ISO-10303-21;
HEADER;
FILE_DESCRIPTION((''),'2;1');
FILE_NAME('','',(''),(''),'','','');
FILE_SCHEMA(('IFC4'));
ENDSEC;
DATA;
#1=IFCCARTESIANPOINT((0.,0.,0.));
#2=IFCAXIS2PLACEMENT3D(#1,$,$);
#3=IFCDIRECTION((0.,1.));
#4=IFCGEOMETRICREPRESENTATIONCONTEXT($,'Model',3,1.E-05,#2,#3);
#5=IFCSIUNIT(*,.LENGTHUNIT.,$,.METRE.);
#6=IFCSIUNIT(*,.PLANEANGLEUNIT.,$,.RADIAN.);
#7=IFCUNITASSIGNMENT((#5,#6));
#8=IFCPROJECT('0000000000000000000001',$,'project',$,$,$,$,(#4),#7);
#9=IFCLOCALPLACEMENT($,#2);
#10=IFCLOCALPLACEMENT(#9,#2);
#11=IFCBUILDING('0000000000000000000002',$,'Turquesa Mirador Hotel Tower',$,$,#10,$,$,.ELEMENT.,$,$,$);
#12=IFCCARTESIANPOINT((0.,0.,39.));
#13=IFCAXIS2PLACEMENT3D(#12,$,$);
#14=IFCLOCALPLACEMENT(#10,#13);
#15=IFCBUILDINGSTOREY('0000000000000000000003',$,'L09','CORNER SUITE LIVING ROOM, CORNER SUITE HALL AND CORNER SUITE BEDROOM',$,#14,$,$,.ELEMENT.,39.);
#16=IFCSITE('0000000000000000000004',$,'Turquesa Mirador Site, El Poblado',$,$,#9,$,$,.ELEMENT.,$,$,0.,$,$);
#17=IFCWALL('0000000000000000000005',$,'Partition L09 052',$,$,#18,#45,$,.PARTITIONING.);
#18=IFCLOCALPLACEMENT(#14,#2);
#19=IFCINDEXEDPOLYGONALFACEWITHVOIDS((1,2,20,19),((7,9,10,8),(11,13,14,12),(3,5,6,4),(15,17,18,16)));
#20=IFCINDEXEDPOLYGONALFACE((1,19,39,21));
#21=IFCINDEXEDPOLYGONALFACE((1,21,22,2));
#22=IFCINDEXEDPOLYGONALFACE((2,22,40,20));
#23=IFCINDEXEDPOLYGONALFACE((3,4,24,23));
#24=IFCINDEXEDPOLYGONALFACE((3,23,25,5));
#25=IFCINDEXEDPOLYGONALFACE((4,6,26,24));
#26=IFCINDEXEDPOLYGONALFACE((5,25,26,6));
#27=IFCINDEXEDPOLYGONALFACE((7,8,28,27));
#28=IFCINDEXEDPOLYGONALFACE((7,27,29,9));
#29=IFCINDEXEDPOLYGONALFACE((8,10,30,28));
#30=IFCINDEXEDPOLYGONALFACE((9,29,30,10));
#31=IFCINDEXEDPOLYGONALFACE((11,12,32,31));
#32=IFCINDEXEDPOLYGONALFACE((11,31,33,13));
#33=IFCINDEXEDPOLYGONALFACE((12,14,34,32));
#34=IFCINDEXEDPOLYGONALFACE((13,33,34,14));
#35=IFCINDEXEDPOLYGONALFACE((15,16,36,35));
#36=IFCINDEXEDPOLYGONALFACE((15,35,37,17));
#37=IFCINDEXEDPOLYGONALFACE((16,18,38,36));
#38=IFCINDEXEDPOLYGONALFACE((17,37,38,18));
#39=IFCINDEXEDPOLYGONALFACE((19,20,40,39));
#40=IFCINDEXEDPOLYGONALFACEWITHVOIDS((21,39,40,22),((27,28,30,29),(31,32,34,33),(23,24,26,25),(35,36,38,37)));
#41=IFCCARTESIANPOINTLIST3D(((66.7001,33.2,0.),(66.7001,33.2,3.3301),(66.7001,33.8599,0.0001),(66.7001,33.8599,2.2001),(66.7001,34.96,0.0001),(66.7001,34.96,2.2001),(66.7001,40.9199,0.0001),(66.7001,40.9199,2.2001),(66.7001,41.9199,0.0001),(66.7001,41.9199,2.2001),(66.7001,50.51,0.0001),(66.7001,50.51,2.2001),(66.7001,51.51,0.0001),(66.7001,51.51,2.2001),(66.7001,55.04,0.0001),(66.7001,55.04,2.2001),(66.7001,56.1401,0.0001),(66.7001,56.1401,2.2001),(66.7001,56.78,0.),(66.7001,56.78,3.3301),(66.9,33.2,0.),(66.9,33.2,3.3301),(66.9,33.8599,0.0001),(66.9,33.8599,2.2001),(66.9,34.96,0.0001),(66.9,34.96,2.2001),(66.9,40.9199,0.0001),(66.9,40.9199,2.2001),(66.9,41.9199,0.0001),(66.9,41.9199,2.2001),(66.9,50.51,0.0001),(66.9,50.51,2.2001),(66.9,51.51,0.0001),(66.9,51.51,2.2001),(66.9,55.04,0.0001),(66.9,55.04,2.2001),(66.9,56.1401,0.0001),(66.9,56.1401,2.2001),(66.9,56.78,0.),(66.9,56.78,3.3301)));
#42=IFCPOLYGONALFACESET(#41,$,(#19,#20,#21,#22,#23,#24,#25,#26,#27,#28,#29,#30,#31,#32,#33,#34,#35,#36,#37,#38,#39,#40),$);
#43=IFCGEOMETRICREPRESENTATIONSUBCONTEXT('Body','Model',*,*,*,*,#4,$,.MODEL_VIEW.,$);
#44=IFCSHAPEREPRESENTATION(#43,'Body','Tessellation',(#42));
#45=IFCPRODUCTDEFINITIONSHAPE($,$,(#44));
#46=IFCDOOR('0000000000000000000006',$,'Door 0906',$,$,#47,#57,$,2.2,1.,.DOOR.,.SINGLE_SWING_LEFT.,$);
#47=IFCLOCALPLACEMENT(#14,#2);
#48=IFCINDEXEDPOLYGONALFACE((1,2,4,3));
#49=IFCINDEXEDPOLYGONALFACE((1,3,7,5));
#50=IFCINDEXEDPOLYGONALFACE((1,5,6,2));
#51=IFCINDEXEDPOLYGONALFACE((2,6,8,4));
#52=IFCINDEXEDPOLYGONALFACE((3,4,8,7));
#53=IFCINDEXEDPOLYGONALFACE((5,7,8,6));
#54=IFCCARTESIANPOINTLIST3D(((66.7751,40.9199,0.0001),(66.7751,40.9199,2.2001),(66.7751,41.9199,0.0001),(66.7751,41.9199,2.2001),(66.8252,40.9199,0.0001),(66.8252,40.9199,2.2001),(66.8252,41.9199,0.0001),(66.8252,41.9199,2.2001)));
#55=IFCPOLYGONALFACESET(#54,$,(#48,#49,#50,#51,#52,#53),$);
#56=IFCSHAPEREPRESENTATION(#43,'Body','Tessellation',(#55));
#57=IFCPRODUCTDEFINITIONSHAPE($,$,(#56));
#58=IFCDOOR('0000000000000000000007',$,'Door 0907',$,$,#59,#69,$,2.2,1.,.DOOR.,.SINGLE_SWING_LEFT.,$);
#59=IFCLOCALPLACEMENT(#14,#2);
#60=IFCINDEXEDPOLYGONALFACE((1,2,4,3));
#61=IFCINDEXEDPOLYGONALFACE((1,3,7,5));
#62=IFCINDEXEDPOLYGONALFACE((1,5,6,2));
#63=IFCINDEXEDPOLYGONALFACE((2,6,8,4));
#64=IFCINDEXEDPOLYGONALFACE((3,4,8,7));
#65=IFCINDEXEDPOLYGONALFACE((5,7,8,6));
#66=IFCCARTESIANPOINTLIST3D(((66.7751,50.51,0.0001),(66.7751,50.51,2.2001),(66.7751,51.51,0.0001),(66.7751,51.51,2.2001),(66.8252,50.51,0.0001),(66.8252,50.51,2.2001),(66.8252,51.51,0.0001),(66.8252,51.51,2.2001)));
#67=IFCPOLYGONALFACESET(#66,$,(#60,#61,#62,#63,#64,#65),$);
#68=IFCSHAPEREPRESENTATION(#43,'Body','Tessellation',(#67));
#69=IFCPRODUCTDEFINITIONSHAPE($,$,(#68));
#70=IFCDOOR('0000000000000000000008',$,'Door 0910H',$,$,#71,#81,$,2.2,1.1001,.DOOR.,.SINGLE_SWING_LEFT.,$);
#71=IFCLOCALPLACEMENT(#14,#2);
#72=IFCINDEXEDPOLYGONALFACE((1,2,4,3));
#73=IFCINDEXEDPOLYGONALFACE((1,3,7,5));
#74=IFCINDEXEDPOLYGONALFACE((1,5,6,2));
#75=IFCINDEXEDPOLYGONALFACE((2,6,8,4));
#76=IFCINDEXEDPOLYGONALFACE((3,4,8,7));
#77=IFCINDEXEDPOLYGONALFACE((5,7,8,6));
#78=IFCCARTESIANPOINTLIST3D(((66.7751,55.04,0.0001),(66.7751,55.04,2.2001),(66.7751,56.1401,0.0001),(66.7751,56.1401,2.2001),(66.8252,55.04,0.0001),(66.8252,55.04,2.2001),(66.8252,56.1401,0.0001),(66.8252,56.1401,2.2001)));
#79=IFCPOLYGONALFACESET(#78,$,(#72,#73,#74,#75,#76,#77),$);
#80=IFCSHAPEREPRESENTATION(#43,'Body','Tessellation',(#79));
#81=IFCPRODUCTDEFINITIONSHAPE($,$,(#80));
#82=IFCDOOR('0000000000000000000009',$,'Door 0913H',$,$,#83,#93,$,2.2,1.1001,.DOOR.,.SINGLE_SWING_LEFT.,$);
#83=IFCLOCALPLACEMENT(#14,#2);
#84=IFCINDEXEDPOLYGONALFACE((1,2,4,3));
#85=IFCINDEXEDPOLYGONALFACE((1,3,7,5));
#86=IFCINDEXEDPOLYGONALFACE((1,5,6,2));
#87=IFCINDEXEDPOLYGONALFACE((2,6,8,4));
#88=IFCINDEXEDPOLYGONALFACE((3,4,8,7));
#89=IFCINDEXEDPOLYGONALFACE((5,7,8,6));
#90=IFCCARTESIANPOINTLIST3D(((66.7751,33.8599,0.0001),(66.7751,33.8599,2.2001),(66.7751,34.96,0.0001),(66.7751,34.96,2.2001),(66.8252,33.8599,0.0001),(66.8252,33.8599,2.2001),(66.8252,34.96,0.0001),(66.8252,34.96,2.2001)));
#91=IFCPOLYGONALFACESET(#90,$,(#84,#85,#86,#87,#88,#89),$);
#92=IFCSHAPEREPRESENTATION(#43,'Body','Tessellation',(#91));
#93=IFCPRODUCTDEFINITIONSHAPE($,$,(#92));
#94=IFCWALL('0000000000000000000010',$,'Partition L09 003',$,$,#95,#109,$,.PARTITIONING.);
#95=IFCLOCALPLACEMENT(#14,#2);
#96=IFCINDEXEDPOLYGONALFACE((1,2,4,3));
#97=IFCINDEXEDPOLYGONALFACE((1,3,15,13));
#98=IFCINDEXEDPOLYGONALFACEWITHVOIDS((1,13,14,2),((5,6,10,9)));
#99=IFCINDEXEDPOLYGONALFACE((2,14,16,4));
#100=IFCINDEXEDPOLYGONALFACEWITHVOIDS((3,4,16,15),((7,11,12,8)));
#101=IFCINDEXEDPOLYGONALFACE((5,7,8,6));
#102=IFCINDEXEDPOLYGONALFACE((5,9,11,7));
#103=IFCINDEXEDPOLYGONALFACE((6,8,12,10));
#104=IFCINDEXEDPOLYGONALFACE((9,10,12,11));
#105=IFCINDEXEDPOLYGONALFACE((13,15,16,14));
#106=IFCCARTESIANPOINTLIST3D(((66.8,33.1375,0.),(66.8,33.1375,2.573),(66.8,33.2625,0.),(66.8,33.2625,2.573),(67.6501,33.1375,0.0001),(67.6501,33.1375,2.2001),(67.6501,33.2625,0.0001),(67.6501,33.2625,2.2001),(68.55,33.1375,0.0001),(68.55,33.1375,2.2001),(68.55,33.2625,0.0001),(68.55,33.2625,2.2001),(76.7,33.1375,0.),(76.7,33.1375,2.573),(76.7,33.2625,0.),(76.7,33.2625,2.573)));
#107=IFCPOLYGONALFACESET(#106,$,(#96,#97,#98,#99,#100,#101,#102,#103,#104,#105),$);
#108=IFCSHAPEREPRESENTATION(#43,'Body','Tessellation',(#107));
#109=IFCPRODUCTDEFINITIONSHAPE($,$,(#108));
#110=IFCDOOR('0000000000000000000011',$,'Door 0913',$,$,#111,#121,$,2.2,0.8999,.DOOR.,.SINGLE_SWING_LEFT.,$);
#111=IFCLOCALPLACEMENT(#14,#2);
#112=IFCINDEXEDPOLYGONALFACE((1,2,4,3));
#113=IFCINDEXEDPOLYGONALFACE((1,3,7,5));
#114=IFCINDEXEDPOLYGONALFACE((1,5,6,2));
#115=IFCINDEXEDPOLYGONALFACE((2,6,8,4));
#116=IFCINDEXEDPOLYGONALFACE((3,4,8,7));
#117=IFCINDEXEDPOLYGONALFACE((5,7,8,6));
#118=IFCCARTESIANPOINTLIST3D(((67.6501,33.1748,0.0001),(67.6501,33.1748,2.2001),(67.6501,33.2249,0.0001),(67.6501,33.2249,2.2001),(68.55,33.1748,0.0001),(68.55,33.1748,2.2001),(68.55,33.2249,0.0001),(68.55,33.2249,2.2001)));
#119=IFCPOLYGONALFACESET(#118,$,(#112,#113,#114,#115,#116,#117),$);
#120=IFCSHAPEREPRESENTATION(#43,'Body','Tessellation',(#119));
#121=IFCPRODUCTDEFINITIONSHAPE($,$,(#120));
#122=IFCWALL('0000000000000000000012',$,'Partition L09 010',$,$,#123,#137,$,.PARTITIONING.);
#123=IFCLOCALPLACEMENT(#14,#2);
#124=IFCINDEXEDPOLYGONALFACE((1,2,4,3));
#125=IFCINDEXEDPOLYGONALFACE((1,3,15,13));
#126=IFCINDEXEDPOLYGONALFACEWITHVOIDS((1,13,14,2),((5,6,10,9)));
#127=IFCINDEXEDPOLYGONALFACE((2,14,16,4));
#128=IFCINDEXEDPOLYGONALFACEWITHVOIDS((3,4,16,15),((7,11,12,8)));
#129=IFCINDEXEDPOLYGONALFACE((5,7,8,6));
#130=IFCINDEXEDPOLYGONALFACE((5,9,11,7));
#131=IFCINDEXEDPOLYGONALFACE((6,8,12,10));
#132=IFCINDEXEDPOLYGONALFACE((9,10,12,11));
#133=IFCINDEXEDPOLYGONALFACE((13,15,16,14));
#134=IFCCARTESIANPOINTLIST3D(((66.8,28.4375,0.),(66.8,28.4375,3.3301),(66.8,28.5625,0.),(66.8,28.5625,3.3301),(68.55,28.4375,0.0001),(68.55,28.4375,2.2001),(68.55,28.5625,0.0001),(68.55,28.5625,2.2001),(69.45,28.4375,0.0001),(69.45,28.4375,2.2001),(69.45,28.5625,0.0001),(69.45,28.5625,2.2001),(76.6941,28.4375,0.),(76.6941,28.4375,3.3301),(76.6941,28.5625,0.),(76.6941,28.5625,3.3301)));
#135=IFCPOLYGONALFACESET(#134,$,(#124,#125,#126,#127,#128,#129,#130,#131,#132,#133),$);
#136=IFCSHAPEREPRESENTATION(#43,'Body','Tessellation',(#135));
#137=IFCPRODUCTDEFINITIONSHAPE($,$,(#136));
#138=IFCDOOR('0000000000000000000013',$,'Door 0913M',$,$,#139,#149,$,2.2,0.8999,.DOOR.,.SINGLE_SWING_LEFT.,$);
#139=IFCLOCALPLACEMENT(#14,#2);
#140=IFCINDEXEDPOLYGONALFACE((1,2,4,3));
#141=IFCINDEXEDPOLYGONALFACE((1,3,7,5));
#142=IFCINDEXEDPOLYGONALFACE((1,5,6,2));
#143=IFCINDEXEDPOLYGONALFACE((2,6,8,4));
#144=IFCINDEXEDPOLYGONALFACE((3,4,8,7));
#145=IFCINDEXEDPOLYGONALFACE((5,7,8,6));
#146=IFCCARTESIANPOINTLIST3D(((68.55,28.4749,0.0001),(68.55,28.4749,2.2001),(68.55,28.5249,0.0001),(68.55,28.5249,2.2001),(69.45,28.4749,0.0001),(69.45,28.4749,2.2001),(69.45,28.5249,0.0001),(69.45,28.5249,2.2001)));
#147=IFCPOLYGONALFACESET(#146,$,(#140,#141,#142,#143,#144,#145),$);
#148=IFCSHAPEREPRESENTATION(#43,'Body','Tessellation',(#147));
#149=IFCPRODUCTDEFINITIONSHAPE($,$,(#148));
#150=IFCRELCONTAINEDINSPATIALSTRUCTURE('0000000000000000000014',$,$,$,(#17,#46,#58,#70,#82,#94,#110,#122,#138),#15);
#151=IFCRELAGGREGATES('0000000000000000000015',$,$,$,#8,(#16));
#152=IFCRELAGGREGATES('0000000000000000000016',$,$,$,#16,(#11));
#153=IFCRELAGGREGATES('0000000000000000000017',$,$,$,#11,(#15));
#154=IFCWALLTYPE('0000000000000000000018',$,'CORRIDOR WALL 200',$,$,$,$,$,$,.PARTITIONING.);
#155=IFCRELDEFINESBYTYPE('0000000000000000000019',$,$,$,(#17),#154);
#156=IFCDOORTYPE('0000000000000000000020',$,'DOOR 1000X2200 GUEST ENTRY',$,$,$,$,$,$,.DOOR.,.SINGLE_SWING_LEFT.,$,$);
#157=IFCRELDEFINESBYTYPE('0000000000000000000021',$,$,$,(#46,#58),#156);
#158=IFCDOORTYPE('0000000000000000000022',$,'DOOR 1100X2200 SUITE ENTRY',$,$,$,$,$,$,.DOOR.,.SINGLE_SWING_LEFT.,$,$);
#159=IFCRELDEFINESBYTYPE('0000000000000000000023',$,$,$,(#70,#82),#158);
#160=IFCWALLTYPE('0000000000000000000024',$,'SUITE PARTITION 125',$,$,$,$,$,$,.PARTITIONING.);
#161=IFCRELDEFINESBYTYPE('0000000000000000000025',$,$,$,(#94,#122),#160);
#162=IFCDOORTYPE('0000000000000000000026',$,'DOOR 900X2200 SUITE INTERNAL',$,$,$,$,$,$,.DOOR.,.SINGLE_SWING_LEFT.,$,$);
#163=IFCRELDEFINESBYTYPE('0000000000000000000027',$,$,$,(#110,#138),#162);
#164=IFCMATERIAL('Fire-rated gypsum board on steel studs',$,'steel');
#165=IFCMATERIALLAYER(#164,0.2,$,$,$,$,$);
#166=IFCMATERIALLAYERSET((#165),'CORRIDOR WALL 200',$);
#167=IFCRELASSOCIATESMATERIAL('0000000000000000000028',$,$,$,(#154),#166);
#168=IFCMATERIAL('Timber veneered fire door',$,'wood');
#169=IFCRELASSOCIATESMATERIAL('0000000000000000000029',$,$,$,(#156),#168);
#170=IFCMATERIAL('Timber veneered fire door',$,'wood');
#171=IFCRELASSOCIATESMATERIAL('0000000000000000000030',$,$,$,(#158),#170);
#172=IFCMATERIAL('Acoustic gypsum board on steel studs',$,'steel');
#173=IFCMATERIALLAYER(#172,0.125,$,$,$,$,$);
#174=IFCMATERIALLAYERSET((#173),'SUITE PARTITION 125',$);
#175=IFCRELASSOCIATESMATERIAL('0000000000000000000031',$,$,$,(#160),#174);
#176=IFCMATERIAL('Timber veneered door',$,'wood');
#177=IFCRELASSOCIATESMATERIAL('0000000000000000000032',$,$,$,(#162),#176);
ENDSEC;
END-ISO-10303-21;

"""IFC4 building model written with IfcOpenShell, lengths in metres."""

from ifc_helpers import new_model, si_unit, direction, frame, frame_2d, origin, place, context, subcontext, project, spatial, rectangle, extrude, material, layer, layer_set, type_object, element, fill, save


model = new_model("IFC4")

# Units and contexts
model_context = context("Model", 3, precision=1e-05, world=origin(), true_north=direction((0.0, 1.0)))
body_context = subcontext(model_context, "Body", "Model", "MODEL_VIEW")
ifc_project = project(units=[si_unit("LENGTHUNIT", "METRE"), si_unit("PLANEANGLEUNIT", "RADIAN")], contexts=[model_context])

# Site, building, storey
site_placement = place(None, origin())
site = spatial("IfcSite", under=ifc_project, at=site_placement, Name="Turquesa Mirador Site, El Poblado", CompositionType="ELEMENT", RefElevation=0.0)
building_placement = place(site_placement, origin())
building = spatial("IfcBuilding", under=site, at=building_placement, Name="Turquesa Mirador Hotel Tower", CompositionType="ELEMENT")
storey_placement = place(building_placement, frame((0.0, 0.0, 39.0)))
storey = spatial("IfcBuildingStorey", under=building, at=storey_placement, Name="L09", Description="CORNER SUITE LIVING ROOM, CORNER SUITE HALL AND CORNER SUITE BEDROOM", CompositionType="ELEMENT", Elevation=39.0)

# Wall, openings, doors
ifc_material_1 = material(Name="Fire-rated gypsum board on steel studs", Category="steel")
ifc_layer_1 = layer(ifc_material_1, 0.2)
ifc_layer_set_1 = layer_set([ifc_layer_1], Name="CORRIDOR WALL 200")
wall_type_1 = type_object("IfcWallType", Name="CORRIDOR WALL 200", PredefinedType="PARTITIONING", material=ifc_layer_set_1)
wall_1_placement = place(storey_placement, frame((66.8, 33.2, 0.0), z_axis=(0.0, 0.0, 1.0), x_axis=(0.0, 1.0, 0.0)))
wall_1 = element("IfcWall", 1, at=wall_1_placement, inside=storey, type_object=wall_type_1, Name="Partition L09 052", PredefinedType="PARTITIONING", context=body_context, shape_type="SweptSolid", body=[
    extrude(rectangle(XDim=23.5801, YDim=0.2, at=frame_2d((11.79, 0.0))), origin(), (0.0, 0.0, 1.0), 3.3301),
])
opening_1_placement = place(wall_1_placement, frame((7.72, 0.0, 0.0)))
opening_1 = element("IfcOpeningElement", 2, at=opening_1_placement, cuts=wall_1, PredefinedType="OPENING", context=body_context, shape_type="SweptSolid", body=[
    extrude(rectangle(XDim=1.0, YDim=2.2, at=frame_2d((0.5, 1.1001))), frame((0.0, 0.1099, 0.0), z_axis=(0.0, -1.0, 0.0), x_axis=(1.0, 0.0, 0.0)), (0.0, 0.0, 1.0), 0.22),
])
opening_2_placement = place(wall_1_placement, frame((17.3101, 0.0, 0.0)))
opening_2 = element("IfcOpeningElement", 3, at=opening_2_placement, cuts=wall_1, PredefinedType="OPENING", context=body_context, shape_type="SweptSolid", body=[
    extrude(rectangle(XDim=1.0, YDim=2.2, at=frame_2d((0.5, 1.1001))), frame((0.0, 0.1099, 0.0), z_axis=(0.0, -1.0, 0.0), x_axis=(1.0, 0.0, 0.0)), (0.0, 0.0, 1.0), 0.22),
])
opening_3_placement = place(wall_1_placement, frame((21.8401, 0.0, 0.0)))
opening_3 = element("IfcOpeningElement", 4, at=opening_3_placement, cuts=wall_1, PredefinedType="OPENING", context=body_context, shape_type="SweptSolid", body=[
    extrude(rectangle(XDim=1.1001, YDim=2.2, at=frame_2d((0.55, 1.1001))), frame((0.0, 0.1099, 0.0), z_axis=(0.0, -1.0, 0.0), x_axis=(1.0, 0.0, 0.0)), (0.0, 0.0, 1.0), 0.22),
])
opening_4_placement = place(wall_1_placement, frame((0.6599, 0.0, 0.0)))
opening_4 = element("IfcOpeningElement", 5, at=opening_4_placement, cuts=wall_1, PredefinedType="OPENING", context=body_context, shape_type="SweptSolid", body=[
    extrude(rectangle(XDim=1.1001, YDim=2.2, at=frame_2d((0.55, 1.1001))), frame((0.0, 0.1099, 0.0), z_axis=(0.0, -1.0, 0.0), x_axis=(1.0, 0.0, 0.0)), (0.0, 0.0, 1.0), 0.22),
])
ifc_material_2 = material(Name="Timber veneered fire door", Category="wood")
door_type_1 = type_object("IfcDoorType", Name="DOOR 1000X2200 GUEST ENTRY", OperationType="SINGLE_SWING_LEFT", PredefinedType="DOOR", material=ifc_material_2)
door_1_placement = place(opening_1_placement, origin())
door_1 = element("IfcDoor", 6, at=door_1_placement, inside=storey, type_object=door_type_1, Name="Door 0906", OperationType="SINGLE_SWING_LEFT", OverallHeight=2.2, OverallWidth=1.0, PredefinedType="DOOR", context=body_context, shape_type="SweptSolid", body=[
    extrude(rectangle(XDim=1.0, YDim=2.2, at=frame_2d((0.5, 1.1001))), frame((0.0, 0.0249, 0.0), z_axis=(0.0, -1.0, 0.0), x_axis=(1.0, 0.0, 0.0)), (0.0, 0.0, 1.0), 0.05),
])
fill(opening_1, door_1)
door_2_placement = place(opening_2_placement, origin())
door_2 = element("IfcDoor", 7, at=door_2_placement, inside=storey, type_object=door_type_1, Name="Door 0907", OperationType="SINGLE_SWING_LEFT", OverallHeight=2.2, OverallWidth=1.0, PredefinedType="DOOR", context=body_context, shape_type="SweptSolid", body=[
    extrude(rectangle(XDim=1.0, YDim=2.2, at=frame_2d((0.5, 1.1001))), frame((0.0, 0.0249, 0.0), z_axis=(0.0, -1.0, 0.0), x_axis=(1.0, 0.0, 0.0)), (0.0, 0.0, 1.0), 0.05),
])
fill(opening_2, door_2)
ifc_material_3 = material(Name="Timber veneered fire door", Category="wood")
door_type_2 = type_object("IfcDoorType", Name="DOOR 1100X2200 SUITE ENTRY", OperationType="SINGLE_SWING_LEFT", PredefinedType="DOOR", material=ifc_material_3)
door_3_placement = place(opening_3_placement, origin())
door_3 = element("IfcDoor", 8, at=door_3_placement, inside=storey, type_object=door_type_2, Name="Door 0910H", OperationType="SINGLE_SWING_LEFT", OverallHeight=2.2, OverallWidth=1.1001, PredefinedType="DOOR", context=body_context, shape_type="SweptSolid", body=[
    extrude(rectangle(XDim=1.1001, YDim=2.2, at=frame_2d((0.55, 1.1001))), frame((0.0, 0.0249, 0.0), z_axis=(0.0, -1.0, 0.0), x_axis=(1.0, 0.0, 0.0)), (0.0, 0.0, 1.0), 0.05),
])
fill(opening_3, door_3)
door_4_placement = place(opening_4_placement, origin())
door_4 = element("IfcDoor", 9, at=door_4_placement, inside=storey, type_object=door_type_2, Name="Door 0913H", OperationType="SINGLE_SWING_LEFT", OverallHeight=2.2, OverallWidth=1.1001, PredefinedType="DOOR", context=body_context, shape_type="SweptSolid", body=[
    extrude(rectangle(XDim=1.1001, YDim=2.2, at=frame_2d((0.55, 1.1001))), frame((0.0, 0.0249, 0.0), z_axis=(0.0, -1.0, 0.0), x_axis=(1.0, 0.0, 0.0)), (0.0, 0.0, 1.0), 0.05),
])
fill(opening_4, door_4)

# Walls, openings, doors
ifc_material_4 = material(Name="Acoustic gypsum board on steel studs", Category="steel")
ifc_layer_2 = layer(ifc_material_4, 0.125)
ifc_layer_set_2 = layer_set([ifc_layer_2], Name="SUITE PARTITION 125")
wall_type_2 = type_object("IfcWallType", Name="SUITE PARTITION 125", PredefinedType="PARTITIONING", material=ifc_layer_set_2)
wall_2_placement = place(storey_placement, frame((66.8, 33.2, 0.0), z_axis=(0.0, 0.0, 1.0), x_axis=(1.0, 0.0, 0.0)))
wall_2 = element("IfcWall", 10, at=wall_2_placement, inside=storey, type_object=wall_type_2, Name="Partition L09 003", PredefinedType="PARTITIONING", context=body_context, shape_type="SweptSolid", body=[
    extrude(rectangle(XDim=9.8999, YDim=0.125, at=frame_2d((4.95, 0.0))), origin(), (0.0, 0.0, 1.0), 2.573),
])
opening_5_placement = place(wall_2_placement, frame((0.8501, 0.0, 0.0)))
opening_5 = element("IfcOpeningElement", 11, at=opening_5_placement, cuts=wall_2, PredefinedType="OPENING", context=body_context, shape_type="SweptSolid", body=[
    extrude(rectangle(XDim=0.8999, YDim=2.2, at=frame_2d((0.45, 1.1001))), frame((0.0, 0.0725, 0.0), z_axis=(0.0, -1.0, 0.0), x_axis=(1.0, 0.0, 0.0)), (0.0, 0.0, 1.0), 0.145),
])
ifc_material_5 = material(Name="Timber veneered door", Category="wood")
door_type_3 = type_object("IfcDoorType", Name="DOOR 900X2200 SUITE INTERNAL", OperationType="SINGLE_SWING_LEFT", PredefinedType="DOOR", material=ifc_material_5)
door_5_placement = place(opening_5_placement, origin())
door_5 = element("IfcDoor", 12, at=door_5_placement, inside=storey, type_object=door_type_3, Name="Door 0913", OperationType="SINGLE_SWING_LEFT", OverallHeight=2.2, OverallWidth=0.8999, PredefinedType="DOOR", context=body_context, shape_type="SweptSolid", body=[
    extrude(rectangle(XDim=0.8999, YDim=2.2, at=frame_2d((0.45, 1.1001))), frame((0.0, 0.0249, 0.0), z_axis=(0.0, -1.0, 0.0), x_axis=(1.0, 0.0, 0.0)), (0.0, 0.0, 1.0), 0.05),
])
fill(opening_5, door_5)
wall_3_placement = place(storey_placement, frame((66.8, 28.5, 0.0), z_axis=(0.0, 0.0, 1.0), x_axis=(1.0, 0.0, 0.0)))
wall_3 = element("IfcWall", 13, at=wall_3_placement, inside=storey, type_object=wall_type_2, Name="Partition L09 010", PredefinedType="PARTITIONING", context=body_context, shape_type="SweptSolid", body=[
    extrude(rectangle(XDim=9.894, YDim=0.125, at=frame_2d((4.947, 0.0))), origin(), (0.0, 0.0, 1.0), 3.3301),
])
opening_6_placement = place(wall_3_placement, frame((1.75, 0.0, 0.0)))
opening_6 = element("IfcOpeningElement", 14, at=opening_6_placement, cuts=wall_3, PredefinedType="OPENING", context=body_context, shape_type="SweptSolid", body=[
    extrude(rectangle(XDim=0.8999, YDim=2.2, at=frame_2d((0.45, 1.1001))), frame((0.0, 0.0725, 0.0), z_axis=(0.0, -1.0, 0.0), x_axis=(1.0, 0.0, 0.0)), (0.0, 0.0, 1.0), 0.145),
])
door_6_placement = place(opening_6_placement, origin())
door_6 = element("IfcDoor", 15, at=door_6_placement, inside=storey, type_object=door_type_3, Name="Door 0913M", OperationType="SINGLE_SWING_LEFT", OverallHeight=2.2, OverallWidth=0.8999, PredefinedType="DOOR", context=body_context, shape_type="SweptSolid", body=[
    extrude(rectangle(XDim=0.8999, YDim=2.2, at=frame_2d((0.45, 1.1001))), frame((0.0, 0.0249, 0.0), z_axis=(0.0, -1.0, 0.0), x_axis=(1.0, 0.0, 0.0)), (0.0, 0.0, 1.0), 0.05),
])
fill(opening_6, door_6)

save(model, "model.ifc")
